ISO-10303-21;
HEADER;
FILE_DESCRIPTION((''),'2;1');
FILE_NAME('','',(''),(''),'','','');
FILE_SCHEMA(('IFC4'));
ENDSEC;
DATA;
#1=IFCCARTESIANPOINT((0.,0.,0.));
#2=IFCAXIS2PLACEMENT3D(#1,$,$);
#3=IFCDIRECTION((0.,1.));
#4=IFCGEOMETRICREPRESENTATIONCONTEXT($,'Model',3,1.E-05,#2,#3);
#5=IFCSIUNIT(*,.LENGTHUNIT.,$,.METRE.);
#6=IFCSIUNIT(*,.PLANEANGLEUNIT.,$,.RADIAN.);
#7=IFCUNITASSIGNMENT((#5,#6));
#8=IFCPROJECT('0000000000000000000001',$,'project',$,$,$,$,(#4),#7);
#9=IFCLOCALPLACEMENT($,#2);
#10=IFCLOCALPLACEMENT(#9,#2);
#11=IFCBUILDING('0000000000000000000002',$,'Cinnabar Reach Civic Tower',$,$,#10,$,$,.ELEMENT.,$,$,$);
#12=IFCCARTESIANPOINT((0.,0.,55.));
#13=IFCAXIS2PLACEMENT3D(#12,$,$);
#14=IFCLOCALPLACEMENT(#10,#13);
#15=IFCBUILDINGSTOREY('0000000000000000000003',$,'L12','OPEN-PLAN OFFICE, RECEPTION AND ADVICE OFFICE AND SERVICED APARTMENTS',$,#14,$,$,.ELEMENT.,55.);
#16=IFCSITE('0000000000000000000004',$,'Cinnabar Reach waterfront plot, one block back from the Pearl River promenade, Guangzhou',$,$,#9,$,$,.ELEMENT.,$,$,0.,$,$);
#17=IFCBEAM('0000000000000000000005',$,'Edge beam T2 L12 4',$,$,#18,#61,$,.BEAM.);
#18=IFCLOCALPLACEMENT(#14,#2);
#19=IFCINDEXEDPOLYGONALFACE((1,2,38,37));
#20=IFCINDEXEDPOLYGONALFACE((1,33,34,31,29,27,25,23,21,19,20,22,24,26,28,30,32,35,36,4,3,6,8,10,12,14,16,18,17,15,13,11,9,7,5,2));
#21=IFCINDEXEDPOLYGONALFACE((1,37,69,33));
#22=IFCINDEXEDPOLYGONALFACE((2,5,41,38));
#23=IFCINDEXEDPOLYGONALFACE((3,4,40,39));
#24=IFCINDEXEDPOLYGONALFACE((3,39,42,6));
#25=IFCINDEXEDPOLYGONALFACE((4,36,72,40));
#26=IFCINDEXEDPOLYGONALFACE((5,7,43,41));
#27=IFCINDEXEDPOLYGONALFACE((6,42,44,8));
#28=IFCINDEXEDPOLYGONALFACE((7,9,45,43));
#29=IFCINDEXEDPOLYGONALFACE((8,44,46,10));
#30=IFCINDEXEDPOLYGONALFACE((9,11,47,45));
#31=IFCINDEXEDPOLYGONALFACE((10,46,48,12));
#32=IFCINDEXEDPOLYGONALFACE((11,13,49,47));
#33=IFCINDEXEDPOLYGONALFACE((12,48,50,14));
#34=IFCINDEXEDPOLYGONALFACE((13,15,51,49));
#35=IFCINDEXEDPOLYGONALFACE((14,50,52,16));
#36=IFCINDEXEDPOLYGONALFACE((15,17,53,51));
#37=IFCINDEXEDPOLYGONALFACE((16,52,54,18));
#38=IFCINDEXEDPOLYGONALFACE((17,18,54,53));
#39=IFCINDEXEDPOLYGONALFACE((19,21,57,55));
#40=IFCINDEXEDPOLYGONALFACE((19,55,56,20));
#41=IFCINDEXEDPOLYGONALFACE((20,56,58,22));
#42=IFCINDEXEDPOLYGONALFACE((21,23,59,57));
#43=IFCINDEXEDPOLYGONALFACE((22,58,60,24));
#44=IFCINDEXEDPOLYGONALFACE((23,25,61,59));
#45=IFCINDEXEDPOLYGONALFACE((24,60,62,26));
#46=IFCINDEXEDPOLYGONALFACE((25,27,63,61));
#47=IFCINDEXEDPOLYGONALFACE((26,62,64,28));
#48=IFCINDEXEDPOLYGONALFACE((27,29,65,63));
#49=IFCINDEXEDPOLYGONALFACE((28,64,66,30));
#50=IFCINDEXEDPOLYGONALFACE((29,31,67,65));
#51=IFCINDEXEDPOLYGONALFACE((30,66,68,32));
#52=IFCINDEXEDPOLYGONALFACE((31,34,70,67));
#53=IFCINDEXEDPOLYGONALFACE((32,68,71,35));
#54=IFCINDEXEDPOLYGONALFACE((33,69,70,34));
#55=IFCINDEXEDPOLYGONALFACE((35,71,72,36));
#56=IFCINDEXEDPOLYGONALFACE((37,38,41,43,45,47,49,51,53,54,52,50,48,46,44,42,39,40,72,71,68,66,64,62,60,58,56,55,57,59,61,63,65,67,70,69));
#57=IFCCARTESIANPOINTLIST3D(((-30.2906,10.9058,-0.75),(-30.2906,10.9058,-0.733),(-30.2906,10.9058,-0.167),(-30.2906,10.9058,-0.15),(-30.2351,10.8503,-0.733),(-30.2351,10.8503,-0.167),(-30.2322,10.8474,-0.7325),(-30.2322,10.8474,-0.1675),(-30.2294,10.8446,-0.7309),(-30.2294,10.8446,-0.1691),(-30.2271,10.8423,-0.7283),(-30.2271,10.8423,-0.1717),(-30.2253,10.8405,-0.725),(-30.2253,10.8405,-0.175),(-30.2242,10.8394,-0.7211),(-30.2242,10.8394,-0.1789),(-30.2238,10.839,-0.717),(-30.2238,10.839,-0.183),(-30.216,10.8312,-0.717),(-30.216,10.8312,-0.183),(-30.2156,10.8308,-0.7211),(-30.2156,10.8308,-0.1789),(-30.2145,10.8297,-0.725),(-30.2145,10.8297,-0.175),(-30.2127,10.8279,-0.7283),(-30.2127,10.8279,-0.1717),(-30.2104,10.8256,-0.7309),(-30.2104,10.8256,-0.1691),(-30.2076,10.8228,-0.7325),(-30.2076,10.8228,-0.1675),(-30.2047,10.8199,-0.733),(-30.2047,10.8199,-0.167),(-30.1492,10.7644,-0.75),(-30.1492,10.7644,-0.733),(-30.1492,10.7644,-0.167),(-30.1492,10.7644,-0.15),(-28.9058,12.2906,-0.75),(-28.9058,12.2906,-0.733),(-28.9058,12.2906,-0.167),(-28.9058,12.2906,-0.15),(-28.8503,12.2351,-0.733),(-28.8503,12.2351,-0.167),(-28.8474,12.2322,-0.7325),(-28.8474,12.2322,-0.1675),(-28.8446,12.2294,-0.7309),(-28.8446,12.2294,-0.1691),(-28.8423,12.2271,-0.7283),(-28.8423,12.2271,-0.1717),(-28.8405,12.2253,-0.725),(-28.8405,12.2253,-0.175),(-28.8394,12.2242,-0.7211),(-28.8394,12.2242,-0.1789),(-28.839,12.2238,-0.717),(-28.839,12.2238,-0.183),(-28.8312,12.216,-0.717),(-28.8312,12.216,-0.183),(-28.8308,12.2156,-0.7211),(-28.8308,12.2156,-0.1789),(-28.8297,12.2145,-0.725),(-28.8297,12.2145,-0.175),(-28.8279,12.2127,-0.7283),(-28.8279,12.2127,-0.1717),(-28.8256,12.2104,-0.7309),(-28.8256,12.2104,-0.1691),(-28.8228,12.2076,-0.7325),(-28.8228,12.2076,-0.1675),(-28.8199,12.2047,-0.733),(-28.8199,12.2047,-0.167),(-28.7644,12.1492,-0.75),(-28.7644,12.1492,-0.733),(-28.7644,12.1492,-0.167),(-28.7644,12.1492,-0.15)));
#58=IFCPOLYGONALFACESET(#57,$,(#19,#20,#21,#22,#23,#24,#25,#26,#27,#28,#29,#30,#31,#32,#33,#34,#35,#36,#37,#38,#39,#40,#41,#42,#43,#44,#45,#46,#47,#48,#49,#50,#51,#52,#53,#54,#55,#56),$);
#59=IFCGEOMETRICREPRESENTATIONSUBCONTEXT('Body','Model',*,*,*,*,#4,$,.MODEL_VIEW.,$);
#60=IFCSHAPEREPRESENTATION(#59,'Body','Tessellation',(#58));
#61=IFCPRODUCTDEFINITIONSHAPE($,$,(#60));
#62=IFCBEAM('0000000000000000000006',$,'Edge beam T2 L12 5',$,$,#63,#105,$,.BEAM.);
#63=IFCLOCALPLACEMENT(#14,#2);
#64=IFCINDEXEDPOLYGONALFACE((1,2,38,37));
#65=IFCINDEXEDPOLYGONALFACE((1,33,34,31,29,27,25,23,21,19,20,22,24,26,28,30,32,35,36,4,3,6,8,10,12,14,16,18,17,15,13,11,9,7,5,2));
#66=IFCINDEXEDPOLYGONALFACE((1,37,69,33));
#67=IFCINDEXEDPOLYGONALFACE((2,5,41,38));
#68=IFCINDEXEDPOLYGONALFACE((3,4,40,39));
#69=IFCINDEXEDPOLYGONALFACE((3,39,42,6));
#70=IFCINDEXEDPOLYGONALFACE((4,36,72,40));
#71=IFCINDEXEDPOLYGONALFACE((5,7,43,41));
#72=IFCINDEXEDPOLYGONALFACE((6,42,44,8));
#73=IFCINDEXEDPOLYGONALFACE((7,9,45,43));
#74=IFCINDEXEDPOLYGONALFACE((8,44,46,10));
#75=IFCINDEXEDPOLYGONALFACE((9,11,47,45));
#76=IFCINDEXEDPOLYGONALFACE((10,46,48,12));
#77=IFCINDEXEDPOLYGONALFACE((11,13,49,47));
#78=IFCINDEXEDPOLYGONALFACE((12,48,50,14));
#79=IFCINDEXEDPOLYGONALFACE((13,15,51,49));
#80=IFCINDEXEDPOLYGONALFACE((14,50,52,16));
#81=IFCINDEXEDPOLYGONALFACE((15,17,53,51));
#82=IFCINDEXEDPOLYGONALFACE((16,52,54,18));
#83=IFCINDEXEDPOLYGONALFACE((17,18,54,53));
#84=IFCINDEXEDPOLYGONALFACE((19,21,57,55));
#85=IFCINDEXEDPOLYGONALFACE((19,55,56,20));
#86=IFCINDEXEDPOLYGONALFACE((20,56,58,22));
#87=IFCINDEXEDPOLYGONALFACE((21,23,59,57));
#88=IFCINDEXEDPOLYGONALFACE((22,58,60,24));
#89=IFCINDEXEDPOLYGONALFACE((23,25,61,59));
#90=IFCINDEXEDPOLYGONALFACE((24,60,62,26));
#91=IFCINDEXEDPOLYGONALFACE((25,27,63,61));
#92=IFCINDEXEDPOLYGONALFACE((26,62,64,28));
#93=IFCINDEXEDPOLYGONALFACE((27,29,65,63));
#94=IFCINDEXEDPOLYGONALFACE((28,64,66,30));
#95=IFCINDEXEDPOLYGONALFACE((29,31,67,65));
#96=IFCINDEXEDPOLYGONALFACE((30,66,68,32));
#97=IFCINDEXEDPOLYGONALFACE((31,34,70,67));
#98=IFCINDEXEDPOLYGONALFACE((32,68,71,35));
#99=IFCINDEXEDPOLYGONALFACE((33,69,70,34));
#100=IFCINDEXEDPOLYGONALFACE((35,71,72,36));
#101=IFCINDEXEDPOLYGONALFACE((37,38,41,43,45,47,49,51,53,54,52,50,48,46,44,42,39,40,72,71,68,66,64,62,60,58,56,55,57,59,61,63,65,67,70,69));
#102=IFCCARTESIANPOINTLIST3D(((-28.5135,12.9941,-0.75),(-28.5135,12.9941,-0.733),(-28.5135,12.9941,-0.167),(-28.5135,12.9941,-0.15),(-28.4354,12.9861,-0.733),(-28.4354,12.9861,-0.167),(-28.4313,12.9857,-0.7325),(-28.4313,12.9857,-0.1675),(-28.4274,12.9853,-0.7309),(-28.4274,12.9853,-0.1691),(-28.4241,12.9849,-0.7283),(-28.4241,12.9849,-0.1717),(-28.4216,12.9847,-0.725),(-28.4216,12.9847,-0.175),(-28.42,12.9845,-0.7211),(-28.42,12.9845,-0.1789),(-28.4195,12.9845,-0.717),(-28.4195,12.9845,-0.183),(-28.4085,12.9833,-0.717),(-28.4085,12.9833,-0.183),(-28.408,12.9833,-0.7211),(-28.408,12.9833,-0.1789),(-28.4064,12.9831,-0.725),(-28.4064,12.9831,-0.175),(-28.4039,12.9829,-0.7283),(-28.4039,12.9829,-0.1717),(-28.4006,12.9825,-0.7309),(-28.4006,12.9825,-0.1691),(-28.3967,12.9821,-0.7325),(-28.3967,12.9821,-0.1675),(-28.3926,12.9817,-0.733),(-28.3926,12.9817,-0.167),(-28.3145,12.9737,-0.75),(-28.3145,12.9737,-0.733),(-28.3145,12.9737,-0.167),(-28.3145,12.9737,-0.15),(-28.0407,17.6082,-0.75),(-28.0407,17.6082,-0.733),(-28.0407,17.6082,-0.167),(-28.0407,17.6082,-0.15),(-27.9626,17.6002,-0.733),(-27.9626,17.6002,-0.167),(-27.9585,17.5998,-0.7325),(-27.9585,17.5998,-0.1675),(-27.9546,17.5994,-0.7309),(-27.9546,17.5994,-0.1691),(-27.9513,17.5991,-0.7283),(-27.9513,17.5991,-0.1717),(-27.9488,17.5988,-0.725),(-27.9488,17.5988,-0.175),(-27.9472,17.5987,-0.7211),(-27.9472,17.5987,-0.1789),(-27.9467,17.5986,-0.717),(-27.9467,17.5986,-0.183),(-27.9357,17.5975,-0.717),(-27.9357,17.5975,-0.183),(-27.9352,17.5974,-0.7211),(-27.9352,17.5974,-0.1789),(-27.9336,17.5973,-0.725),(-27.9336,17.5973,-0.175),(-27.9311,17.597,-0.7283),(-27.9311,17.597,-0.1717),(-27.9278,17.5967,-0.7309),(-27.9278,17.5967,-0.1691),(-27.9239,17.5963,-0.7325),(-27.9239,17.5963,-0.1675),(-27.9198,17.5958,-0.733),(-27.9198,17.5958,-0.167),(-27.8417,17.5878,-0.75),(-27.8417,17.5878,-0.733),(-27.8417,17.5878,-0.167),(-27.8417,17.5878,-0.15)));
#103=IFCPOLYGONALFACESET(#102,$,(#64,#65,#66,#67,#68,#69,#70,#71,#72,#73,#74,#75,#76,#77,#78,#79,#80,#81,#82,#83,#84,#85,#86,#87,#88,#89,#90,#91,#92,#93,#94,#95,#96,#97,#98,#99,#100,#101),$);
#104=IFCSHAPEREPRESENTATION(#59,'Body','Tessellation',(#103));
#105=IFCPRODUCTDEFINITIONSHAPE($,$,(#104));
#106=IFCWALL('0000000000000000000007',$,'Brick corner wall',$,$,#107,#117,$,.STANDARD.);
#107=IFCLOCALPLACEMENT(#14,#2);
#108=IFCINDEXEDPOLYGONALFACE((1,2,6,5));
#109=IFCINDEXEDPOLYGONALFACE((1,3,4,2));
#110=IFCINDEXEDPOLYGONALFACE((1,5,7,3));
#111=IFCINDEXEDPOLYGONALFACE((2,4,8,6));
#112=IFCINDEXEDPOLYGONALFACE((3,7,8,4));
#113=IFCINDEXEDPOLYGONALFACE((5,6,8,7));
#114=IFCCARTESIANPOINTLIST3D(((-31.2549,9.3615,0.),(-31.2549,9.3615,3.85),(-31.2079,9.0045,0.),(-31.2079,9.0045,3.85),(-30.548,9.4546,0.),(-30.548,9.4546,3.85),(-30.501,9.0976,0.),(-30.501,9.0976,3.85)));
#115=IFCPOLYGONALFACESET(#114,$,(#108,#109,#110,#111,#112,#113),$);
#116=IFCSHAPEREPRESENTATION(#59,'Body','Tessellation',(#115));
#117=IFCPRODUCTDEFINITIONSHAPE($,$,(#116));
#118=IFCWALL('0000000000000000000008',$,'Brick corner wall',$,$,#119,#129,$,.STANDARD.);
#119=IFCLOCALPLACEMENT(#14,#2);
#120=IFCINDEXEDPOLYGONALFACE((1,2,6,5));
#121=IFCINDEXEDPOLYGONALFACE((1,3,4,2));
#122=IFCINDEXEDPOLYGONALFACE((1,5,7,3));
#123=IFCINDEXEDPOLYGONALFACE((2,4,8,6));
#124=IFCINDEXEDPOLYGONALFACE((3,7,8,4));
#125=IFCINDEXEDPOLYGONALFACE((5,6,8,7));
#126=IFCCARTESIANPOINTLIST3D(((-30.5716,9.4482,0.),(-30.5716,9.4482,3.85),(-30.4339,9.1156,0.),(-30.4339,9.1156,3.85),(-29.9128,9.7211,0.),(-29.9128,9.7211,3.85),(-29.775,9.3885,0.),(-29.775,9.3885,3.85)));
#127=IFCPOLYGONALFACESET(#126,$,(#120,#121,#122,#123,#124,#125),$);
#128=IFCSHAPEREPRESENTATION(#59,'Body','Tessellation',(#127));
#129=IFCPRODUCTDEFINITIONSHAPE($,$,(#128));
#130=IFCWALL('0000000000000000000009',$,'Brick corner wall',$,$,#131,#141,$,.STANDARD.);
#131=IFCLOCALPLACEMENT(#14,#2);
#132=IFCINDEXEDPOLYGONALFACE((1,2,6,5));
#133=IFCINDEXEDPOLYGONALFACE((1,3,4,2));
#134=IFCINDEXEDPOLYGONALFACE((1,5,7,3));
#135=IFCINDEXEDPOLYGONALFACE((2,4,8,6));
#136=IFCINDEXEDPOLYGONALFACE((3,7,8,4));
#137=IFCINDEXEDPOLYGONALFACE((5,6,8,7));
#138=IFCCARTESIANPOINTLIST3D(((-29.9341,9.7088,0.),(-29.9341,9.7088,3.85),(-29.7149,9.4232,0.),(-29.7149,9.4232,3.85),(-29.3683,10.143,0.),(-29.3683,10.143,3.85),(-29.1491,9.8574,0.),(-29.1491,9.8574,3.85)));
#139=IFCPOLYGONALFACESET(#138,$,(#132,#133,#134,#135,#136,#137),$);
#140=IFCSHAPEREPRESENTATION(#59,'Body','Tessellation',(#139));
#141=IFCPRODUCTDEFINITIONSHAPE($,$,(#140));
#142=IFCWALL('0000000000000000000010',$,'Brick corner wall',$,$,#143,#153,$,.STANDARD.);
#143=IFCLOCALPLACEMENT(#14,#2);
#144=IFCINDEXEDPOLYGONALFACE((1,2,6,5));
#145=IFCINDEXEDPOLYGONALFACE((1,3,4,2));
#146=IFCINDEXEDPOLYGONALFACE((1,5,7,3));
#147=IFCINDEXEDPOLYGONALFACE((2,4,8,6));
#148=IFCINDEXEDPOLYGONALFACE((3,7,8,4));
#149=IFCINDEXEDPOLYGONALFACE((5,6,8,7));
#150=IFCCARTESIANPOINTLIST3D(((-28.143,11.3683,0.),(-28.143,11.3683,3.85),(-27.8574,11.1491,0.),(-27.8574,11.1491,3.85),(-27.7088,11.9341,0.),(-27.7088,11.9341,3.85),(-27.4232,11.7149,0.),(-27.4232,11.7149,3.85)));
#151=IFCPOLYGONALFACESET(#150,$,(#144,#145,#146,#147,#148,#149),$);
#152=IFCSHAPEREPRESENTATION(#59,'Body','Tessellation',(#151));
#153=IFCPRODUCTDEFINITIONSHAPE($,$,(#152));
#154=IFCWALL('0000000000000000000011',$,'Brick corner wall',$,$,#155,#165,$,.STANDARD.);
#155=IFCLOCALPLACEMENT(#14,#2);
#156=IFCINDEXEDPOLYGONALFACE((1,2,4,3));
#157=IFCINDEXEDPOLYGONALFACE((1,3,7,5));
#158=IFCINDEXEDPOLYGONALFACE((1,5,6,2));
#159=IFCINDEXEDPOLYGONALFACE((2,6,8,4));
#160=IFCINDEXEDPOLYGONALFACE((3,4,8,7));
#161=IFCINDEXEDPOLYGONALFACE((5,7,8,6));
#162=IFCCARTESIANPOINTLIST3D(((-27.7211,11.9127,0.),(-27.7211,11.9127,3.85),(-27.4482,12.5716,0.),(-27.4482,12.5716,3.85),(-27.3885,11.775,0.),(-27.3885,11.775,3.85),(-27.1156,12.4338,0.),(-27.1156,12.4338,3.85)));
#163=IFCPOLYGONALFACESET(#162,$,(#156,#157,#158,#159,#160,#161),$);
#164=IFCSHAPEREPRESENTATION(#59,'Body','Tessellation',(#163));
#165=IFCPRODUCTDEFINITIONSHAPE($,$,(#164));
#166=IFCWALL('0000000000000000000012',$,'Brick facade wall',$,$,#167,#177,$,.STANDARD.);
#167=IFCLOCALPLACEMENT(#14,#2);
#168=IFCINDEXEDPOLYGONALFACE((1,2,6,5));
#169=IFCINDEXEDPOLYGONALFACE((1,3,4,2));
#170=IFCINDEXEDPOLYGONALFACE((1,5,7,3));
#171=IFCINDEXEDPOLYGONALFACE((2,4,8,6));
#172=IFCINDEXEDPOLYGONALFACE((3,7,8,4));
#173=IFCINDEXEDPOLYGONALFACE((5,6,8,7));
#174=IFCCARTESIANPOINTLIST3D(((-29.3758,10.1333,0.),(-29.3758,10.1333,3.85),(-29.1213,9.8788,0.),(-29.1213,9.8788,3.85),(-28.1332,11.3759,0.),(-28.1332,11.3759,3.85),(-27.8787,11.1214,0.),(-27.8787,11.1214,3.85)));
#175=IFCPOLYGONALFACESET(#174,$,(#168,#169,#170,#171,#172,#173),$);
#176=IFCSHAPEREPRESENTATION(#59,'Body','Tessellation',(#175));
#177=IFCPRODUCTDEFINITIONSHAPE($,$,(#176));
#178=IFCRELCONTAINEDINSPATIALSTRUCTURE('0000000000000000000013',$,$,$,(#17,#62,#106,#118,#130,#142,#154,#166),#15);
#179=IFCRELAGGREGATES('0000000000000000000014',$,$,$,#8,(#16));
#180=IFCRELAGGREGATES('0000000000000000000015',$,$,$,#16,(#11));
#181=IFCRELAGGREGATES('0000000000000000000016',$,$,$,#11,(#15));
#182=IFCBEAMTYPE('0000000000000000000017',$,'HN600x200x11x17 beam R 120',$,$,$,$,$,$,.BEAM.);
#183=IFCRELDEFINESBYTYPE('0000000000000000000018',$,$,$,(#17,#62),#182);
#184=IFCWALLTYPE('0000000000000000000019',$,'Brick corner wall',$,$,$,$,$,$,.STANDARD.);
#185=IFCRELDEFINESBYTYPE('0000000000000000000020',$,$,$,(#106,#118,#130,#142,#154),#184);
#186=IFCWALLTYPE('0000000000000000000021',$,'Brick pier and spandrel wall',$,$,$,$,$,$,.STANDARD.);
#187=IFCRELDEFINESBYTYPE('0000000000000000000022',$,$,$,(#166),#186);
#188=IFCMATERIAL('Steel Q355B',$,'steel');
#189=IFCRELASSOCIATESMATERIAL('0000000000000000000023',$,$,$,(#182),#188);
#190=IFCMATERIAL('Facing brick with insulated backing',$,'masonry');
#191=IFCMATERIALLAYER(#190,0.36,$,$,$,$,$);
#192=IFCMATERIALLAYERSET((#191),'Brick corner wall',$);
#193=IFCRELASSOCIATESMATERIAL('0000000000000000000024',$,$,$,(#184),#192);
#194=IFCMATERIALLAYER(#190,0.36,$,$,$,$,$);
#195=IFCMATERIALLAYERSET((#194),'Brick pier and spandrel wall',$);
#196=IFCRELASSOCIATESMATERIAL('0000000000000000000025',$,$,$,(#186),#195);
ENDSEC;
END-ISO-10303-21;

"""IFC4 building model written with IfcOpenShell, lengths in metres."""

from ifc_helpers import new_model, si_unit, direction, frame, frame_2d, origin, origin_2d, place, context, subcontext, project, spatial, rectangle, i_section, extrude, material, layer, layer_set, material_profile, profile_set, type_object, element, save


model = new_model("IFC4")

# Units and contexts
model_context = context("Model", 3, precision=1e-05, world=origin(), true_north=direction((0.0, 1.0)))
body_context = subcontext(model_context, "Body", "Model", "MODEL_VIEW")
ifc_project = project(units=[si_unit("LENGTHUNIT", "METRE"), si_unit("PLANEANGLEUNIT", "RADIAN")], contexts=[model_context])

# Site, building, storey
site_placement = place(None, origin())
site = spatial("IfcSite", under=ifc_project, at=site_placement, Name="Cinnabar Reach waterfront plot, one block back from the Pearl River promenade, Guangzhou", CompositionType="ELEMENT", RefElevation=0.0)
building_placement = place(site_placement, origin())
building = spatial("IfcBuilding", under=site, at=building_placement, Name="Cinnabar Reach Civic Tower", CompositionType="ELEMENT")
storey_placement = place(building_placement, frame((0.0, 0.0, 55.0)))
storey = spatial("IfcBuildingStorey", under=building, at=storey_placement, Name="L12", Description="OPEN-PLAN OFFICE, RECEPTION AND ADVICE OFFICE AND SERVICED APARTMENTS", CompositionType="ELEMENT", Elevation=55.0)

# Beams
ifc_material_1 = material(Name="Steel Q355B", Category="steel")
ifc_material_profile_1 = material_profile(ifc_material_1, i_section(OverallWidth=0.2, OverallDepth=0.6, WebThickness=0.011, FlangeThickness=0.017, FilletRadius=0.016, at=origin_2d()), Name="HN600x200x11x17")
ifc_profile_set_1 = profile_set([ifc_material_profile_1], Name="Steel Q355B")
beam_type_1 = type_object("IfcBeamType", Name="HN600x200x11x17 beam R 120", PredefinedType="BEAM", material=ifc_profile_set_1)
beam_1_placement = place(storey_placement, frame((-30.2199, 10.8351, -0.45), z_axis=(0.707107, 0.707107, 0.0), x_axis=(-0.707107, 0.707107, 0.0)))
element("IfcBeam", 1, at=beam_1_placement, inside=storey, type_object=beam_type_1, Name="Edge beam T2 L12 4", PredefinedType="BEAM", context=body_context, shape_type="SweptSolid", body=[
    extrude(i_section(OverallWidth=0.2, OverallDepth=0.6, WebThickness=0.011, FlangeThickness=0.017, FilletRadius=0.016, at=origin_2d()), origin(), (0.0, 0.0, 1.0), 1.9584),
])
beam_2_placement = place(storey_placement, frame((-28.414, 12.9839, -0.45), z_axis=(0.101935, 0.994791, 0.0), x_axis=(-0.994791, 0.101935, 0.0)))
element("IfcBeam", 2, at=beam_2_placement, inside=storey, type_object=beam_type_1, Name="Edge beam T2 L12 5", PredefinedType="BEAM", context=body_context, shape_type="SweptSolid", body=[
    extrude(i_section(OverallWidth=0.2, OverallDepth=0.6, WebThickness=0.011, FlangeThickness=0.017, FilletRadius=0.016, at=origin_2d()), origin(), (0.0, 0.0, 1.0), 4.6383),
])

# Walls
ifc_material_2 = material(Name="Facing brick with insulated backing", Category="masonry")
ifc_layer_1 = layer(ifc_material_2, 0.36)
ifc_layer_set_1 = layer_set([ifc_layer_1], Name="Brick corner wall")
wall_type_1 = type_object("IfcWallType", Name="Brick corner wall", PredefinedType="STANDARD", material=ifc_layer_set_1)
for number, where, z_axis, x_axis, name in (
    (3, (-31.2314, 9.183, 0.0), (0.0, 0.0, 1.0), (0.991441, 0.130556, 0.0), "Brick corner wall"),
    (4, (-30.5027, 9.2819, 0.0), (0.0, 0.0, 1.0), (0.923872, 0.382703, 0.0), "Brick corner wall"),
):
    element("IfcWall", number, at=place(storey_placement, frame(where, z_axis=z_axis, x_axis=x_axis)), inside=storey, type_object=wall_type_1, Name=name, PredefinedType="STANDARD", context=body_context, shape_type="SweptSolid", body=[
        extrude(rectangle(XDim=0.7131, YDim=0.36, at=frame_2d((0.3565, 0.0))), origin(), (0.0, 0.0, 1.0), 3.85),
    ])
for number, where, z_axis, x_axis, name in (
    (5, (-29.8245, 9.566, 0.0), (0.0, 0.0, 1.0), (0.793322, 0.608802, 0.0), "Brick corner wall"),
    (6, (-28.0002, 11.2587, 0.0), (0.0, 0.0, 1.0), (0.608802, 0.793322, 0.0), "Brick corner wall"),
):
    element("IfcWall", number, at=place(storey_placement, frame(where, z_axis=z_axis, x_axis=x_axis)), inside=storey, type_object=wall_type_1, Name=name, PredefinedType="STANDARD", context=body_context, shape_type="SweptSolid", body=[
        extrude(rectangle(XDim=0.7132, YDim=0.36, at=frame_2d((0.3566, 0.0))), origin(), (0.0, 0.0, 1.0), 3.85),
    ])
wall_1_placement = place(storey_placement, frame((-27.5548, 11.8439, 0.0), z_axis=(0.0, 0.0, 1.0), x_axis=(0.382703, 0.923872, 0.0)))
element("IfcWall", 7, at=wall_1_placement, inside=storey, type_object=wall_type_1, Name="Brick corner wall", PredefinedType="STANDARD", context=body_context, shape_type="SweptSolid", body=[
    extrude(rectangle(XDim=0.7131, YDim=0.36, at=frame_2d((0.3565, 0.0))), origin(), (0.0, 0.0, 1.0), 3.85),
])
ifc_layer_2 = layer(ifc_material_2, 0.36)
ifc_layer_set_2 = layer_set([ifc_layer_2], Name="Brick pier and spandrel wall")
wall_type_2 = type_object("IfcWallType", Name="Brick pier and spandrel wall", PredefinedType="STANDARD", material=ifc_layer_set_2)
wall_2_placement = place(storey_placement, frame((-29.2486, 10.006, 0.0), z_axis=(0.0, 0.0, 1.0), x_axis=(0.707107, 0.707107, 0.0)))
element("IfcWall", 8, at=wall_2_placement, inside=storey, type_object=wall_type_2, Name="Brick facade wall", PredefinedType="STANDARD", context=body_context, shape_type="SweptSolid", body=[
    extrude(rectangle(XDim=1.7573, YDim=0.36, at=frame_2d((0.8787, 0.0))), origin(), (0.0, 0.0, 1.0), 3.85),
])

save(model, "model.ifc")
